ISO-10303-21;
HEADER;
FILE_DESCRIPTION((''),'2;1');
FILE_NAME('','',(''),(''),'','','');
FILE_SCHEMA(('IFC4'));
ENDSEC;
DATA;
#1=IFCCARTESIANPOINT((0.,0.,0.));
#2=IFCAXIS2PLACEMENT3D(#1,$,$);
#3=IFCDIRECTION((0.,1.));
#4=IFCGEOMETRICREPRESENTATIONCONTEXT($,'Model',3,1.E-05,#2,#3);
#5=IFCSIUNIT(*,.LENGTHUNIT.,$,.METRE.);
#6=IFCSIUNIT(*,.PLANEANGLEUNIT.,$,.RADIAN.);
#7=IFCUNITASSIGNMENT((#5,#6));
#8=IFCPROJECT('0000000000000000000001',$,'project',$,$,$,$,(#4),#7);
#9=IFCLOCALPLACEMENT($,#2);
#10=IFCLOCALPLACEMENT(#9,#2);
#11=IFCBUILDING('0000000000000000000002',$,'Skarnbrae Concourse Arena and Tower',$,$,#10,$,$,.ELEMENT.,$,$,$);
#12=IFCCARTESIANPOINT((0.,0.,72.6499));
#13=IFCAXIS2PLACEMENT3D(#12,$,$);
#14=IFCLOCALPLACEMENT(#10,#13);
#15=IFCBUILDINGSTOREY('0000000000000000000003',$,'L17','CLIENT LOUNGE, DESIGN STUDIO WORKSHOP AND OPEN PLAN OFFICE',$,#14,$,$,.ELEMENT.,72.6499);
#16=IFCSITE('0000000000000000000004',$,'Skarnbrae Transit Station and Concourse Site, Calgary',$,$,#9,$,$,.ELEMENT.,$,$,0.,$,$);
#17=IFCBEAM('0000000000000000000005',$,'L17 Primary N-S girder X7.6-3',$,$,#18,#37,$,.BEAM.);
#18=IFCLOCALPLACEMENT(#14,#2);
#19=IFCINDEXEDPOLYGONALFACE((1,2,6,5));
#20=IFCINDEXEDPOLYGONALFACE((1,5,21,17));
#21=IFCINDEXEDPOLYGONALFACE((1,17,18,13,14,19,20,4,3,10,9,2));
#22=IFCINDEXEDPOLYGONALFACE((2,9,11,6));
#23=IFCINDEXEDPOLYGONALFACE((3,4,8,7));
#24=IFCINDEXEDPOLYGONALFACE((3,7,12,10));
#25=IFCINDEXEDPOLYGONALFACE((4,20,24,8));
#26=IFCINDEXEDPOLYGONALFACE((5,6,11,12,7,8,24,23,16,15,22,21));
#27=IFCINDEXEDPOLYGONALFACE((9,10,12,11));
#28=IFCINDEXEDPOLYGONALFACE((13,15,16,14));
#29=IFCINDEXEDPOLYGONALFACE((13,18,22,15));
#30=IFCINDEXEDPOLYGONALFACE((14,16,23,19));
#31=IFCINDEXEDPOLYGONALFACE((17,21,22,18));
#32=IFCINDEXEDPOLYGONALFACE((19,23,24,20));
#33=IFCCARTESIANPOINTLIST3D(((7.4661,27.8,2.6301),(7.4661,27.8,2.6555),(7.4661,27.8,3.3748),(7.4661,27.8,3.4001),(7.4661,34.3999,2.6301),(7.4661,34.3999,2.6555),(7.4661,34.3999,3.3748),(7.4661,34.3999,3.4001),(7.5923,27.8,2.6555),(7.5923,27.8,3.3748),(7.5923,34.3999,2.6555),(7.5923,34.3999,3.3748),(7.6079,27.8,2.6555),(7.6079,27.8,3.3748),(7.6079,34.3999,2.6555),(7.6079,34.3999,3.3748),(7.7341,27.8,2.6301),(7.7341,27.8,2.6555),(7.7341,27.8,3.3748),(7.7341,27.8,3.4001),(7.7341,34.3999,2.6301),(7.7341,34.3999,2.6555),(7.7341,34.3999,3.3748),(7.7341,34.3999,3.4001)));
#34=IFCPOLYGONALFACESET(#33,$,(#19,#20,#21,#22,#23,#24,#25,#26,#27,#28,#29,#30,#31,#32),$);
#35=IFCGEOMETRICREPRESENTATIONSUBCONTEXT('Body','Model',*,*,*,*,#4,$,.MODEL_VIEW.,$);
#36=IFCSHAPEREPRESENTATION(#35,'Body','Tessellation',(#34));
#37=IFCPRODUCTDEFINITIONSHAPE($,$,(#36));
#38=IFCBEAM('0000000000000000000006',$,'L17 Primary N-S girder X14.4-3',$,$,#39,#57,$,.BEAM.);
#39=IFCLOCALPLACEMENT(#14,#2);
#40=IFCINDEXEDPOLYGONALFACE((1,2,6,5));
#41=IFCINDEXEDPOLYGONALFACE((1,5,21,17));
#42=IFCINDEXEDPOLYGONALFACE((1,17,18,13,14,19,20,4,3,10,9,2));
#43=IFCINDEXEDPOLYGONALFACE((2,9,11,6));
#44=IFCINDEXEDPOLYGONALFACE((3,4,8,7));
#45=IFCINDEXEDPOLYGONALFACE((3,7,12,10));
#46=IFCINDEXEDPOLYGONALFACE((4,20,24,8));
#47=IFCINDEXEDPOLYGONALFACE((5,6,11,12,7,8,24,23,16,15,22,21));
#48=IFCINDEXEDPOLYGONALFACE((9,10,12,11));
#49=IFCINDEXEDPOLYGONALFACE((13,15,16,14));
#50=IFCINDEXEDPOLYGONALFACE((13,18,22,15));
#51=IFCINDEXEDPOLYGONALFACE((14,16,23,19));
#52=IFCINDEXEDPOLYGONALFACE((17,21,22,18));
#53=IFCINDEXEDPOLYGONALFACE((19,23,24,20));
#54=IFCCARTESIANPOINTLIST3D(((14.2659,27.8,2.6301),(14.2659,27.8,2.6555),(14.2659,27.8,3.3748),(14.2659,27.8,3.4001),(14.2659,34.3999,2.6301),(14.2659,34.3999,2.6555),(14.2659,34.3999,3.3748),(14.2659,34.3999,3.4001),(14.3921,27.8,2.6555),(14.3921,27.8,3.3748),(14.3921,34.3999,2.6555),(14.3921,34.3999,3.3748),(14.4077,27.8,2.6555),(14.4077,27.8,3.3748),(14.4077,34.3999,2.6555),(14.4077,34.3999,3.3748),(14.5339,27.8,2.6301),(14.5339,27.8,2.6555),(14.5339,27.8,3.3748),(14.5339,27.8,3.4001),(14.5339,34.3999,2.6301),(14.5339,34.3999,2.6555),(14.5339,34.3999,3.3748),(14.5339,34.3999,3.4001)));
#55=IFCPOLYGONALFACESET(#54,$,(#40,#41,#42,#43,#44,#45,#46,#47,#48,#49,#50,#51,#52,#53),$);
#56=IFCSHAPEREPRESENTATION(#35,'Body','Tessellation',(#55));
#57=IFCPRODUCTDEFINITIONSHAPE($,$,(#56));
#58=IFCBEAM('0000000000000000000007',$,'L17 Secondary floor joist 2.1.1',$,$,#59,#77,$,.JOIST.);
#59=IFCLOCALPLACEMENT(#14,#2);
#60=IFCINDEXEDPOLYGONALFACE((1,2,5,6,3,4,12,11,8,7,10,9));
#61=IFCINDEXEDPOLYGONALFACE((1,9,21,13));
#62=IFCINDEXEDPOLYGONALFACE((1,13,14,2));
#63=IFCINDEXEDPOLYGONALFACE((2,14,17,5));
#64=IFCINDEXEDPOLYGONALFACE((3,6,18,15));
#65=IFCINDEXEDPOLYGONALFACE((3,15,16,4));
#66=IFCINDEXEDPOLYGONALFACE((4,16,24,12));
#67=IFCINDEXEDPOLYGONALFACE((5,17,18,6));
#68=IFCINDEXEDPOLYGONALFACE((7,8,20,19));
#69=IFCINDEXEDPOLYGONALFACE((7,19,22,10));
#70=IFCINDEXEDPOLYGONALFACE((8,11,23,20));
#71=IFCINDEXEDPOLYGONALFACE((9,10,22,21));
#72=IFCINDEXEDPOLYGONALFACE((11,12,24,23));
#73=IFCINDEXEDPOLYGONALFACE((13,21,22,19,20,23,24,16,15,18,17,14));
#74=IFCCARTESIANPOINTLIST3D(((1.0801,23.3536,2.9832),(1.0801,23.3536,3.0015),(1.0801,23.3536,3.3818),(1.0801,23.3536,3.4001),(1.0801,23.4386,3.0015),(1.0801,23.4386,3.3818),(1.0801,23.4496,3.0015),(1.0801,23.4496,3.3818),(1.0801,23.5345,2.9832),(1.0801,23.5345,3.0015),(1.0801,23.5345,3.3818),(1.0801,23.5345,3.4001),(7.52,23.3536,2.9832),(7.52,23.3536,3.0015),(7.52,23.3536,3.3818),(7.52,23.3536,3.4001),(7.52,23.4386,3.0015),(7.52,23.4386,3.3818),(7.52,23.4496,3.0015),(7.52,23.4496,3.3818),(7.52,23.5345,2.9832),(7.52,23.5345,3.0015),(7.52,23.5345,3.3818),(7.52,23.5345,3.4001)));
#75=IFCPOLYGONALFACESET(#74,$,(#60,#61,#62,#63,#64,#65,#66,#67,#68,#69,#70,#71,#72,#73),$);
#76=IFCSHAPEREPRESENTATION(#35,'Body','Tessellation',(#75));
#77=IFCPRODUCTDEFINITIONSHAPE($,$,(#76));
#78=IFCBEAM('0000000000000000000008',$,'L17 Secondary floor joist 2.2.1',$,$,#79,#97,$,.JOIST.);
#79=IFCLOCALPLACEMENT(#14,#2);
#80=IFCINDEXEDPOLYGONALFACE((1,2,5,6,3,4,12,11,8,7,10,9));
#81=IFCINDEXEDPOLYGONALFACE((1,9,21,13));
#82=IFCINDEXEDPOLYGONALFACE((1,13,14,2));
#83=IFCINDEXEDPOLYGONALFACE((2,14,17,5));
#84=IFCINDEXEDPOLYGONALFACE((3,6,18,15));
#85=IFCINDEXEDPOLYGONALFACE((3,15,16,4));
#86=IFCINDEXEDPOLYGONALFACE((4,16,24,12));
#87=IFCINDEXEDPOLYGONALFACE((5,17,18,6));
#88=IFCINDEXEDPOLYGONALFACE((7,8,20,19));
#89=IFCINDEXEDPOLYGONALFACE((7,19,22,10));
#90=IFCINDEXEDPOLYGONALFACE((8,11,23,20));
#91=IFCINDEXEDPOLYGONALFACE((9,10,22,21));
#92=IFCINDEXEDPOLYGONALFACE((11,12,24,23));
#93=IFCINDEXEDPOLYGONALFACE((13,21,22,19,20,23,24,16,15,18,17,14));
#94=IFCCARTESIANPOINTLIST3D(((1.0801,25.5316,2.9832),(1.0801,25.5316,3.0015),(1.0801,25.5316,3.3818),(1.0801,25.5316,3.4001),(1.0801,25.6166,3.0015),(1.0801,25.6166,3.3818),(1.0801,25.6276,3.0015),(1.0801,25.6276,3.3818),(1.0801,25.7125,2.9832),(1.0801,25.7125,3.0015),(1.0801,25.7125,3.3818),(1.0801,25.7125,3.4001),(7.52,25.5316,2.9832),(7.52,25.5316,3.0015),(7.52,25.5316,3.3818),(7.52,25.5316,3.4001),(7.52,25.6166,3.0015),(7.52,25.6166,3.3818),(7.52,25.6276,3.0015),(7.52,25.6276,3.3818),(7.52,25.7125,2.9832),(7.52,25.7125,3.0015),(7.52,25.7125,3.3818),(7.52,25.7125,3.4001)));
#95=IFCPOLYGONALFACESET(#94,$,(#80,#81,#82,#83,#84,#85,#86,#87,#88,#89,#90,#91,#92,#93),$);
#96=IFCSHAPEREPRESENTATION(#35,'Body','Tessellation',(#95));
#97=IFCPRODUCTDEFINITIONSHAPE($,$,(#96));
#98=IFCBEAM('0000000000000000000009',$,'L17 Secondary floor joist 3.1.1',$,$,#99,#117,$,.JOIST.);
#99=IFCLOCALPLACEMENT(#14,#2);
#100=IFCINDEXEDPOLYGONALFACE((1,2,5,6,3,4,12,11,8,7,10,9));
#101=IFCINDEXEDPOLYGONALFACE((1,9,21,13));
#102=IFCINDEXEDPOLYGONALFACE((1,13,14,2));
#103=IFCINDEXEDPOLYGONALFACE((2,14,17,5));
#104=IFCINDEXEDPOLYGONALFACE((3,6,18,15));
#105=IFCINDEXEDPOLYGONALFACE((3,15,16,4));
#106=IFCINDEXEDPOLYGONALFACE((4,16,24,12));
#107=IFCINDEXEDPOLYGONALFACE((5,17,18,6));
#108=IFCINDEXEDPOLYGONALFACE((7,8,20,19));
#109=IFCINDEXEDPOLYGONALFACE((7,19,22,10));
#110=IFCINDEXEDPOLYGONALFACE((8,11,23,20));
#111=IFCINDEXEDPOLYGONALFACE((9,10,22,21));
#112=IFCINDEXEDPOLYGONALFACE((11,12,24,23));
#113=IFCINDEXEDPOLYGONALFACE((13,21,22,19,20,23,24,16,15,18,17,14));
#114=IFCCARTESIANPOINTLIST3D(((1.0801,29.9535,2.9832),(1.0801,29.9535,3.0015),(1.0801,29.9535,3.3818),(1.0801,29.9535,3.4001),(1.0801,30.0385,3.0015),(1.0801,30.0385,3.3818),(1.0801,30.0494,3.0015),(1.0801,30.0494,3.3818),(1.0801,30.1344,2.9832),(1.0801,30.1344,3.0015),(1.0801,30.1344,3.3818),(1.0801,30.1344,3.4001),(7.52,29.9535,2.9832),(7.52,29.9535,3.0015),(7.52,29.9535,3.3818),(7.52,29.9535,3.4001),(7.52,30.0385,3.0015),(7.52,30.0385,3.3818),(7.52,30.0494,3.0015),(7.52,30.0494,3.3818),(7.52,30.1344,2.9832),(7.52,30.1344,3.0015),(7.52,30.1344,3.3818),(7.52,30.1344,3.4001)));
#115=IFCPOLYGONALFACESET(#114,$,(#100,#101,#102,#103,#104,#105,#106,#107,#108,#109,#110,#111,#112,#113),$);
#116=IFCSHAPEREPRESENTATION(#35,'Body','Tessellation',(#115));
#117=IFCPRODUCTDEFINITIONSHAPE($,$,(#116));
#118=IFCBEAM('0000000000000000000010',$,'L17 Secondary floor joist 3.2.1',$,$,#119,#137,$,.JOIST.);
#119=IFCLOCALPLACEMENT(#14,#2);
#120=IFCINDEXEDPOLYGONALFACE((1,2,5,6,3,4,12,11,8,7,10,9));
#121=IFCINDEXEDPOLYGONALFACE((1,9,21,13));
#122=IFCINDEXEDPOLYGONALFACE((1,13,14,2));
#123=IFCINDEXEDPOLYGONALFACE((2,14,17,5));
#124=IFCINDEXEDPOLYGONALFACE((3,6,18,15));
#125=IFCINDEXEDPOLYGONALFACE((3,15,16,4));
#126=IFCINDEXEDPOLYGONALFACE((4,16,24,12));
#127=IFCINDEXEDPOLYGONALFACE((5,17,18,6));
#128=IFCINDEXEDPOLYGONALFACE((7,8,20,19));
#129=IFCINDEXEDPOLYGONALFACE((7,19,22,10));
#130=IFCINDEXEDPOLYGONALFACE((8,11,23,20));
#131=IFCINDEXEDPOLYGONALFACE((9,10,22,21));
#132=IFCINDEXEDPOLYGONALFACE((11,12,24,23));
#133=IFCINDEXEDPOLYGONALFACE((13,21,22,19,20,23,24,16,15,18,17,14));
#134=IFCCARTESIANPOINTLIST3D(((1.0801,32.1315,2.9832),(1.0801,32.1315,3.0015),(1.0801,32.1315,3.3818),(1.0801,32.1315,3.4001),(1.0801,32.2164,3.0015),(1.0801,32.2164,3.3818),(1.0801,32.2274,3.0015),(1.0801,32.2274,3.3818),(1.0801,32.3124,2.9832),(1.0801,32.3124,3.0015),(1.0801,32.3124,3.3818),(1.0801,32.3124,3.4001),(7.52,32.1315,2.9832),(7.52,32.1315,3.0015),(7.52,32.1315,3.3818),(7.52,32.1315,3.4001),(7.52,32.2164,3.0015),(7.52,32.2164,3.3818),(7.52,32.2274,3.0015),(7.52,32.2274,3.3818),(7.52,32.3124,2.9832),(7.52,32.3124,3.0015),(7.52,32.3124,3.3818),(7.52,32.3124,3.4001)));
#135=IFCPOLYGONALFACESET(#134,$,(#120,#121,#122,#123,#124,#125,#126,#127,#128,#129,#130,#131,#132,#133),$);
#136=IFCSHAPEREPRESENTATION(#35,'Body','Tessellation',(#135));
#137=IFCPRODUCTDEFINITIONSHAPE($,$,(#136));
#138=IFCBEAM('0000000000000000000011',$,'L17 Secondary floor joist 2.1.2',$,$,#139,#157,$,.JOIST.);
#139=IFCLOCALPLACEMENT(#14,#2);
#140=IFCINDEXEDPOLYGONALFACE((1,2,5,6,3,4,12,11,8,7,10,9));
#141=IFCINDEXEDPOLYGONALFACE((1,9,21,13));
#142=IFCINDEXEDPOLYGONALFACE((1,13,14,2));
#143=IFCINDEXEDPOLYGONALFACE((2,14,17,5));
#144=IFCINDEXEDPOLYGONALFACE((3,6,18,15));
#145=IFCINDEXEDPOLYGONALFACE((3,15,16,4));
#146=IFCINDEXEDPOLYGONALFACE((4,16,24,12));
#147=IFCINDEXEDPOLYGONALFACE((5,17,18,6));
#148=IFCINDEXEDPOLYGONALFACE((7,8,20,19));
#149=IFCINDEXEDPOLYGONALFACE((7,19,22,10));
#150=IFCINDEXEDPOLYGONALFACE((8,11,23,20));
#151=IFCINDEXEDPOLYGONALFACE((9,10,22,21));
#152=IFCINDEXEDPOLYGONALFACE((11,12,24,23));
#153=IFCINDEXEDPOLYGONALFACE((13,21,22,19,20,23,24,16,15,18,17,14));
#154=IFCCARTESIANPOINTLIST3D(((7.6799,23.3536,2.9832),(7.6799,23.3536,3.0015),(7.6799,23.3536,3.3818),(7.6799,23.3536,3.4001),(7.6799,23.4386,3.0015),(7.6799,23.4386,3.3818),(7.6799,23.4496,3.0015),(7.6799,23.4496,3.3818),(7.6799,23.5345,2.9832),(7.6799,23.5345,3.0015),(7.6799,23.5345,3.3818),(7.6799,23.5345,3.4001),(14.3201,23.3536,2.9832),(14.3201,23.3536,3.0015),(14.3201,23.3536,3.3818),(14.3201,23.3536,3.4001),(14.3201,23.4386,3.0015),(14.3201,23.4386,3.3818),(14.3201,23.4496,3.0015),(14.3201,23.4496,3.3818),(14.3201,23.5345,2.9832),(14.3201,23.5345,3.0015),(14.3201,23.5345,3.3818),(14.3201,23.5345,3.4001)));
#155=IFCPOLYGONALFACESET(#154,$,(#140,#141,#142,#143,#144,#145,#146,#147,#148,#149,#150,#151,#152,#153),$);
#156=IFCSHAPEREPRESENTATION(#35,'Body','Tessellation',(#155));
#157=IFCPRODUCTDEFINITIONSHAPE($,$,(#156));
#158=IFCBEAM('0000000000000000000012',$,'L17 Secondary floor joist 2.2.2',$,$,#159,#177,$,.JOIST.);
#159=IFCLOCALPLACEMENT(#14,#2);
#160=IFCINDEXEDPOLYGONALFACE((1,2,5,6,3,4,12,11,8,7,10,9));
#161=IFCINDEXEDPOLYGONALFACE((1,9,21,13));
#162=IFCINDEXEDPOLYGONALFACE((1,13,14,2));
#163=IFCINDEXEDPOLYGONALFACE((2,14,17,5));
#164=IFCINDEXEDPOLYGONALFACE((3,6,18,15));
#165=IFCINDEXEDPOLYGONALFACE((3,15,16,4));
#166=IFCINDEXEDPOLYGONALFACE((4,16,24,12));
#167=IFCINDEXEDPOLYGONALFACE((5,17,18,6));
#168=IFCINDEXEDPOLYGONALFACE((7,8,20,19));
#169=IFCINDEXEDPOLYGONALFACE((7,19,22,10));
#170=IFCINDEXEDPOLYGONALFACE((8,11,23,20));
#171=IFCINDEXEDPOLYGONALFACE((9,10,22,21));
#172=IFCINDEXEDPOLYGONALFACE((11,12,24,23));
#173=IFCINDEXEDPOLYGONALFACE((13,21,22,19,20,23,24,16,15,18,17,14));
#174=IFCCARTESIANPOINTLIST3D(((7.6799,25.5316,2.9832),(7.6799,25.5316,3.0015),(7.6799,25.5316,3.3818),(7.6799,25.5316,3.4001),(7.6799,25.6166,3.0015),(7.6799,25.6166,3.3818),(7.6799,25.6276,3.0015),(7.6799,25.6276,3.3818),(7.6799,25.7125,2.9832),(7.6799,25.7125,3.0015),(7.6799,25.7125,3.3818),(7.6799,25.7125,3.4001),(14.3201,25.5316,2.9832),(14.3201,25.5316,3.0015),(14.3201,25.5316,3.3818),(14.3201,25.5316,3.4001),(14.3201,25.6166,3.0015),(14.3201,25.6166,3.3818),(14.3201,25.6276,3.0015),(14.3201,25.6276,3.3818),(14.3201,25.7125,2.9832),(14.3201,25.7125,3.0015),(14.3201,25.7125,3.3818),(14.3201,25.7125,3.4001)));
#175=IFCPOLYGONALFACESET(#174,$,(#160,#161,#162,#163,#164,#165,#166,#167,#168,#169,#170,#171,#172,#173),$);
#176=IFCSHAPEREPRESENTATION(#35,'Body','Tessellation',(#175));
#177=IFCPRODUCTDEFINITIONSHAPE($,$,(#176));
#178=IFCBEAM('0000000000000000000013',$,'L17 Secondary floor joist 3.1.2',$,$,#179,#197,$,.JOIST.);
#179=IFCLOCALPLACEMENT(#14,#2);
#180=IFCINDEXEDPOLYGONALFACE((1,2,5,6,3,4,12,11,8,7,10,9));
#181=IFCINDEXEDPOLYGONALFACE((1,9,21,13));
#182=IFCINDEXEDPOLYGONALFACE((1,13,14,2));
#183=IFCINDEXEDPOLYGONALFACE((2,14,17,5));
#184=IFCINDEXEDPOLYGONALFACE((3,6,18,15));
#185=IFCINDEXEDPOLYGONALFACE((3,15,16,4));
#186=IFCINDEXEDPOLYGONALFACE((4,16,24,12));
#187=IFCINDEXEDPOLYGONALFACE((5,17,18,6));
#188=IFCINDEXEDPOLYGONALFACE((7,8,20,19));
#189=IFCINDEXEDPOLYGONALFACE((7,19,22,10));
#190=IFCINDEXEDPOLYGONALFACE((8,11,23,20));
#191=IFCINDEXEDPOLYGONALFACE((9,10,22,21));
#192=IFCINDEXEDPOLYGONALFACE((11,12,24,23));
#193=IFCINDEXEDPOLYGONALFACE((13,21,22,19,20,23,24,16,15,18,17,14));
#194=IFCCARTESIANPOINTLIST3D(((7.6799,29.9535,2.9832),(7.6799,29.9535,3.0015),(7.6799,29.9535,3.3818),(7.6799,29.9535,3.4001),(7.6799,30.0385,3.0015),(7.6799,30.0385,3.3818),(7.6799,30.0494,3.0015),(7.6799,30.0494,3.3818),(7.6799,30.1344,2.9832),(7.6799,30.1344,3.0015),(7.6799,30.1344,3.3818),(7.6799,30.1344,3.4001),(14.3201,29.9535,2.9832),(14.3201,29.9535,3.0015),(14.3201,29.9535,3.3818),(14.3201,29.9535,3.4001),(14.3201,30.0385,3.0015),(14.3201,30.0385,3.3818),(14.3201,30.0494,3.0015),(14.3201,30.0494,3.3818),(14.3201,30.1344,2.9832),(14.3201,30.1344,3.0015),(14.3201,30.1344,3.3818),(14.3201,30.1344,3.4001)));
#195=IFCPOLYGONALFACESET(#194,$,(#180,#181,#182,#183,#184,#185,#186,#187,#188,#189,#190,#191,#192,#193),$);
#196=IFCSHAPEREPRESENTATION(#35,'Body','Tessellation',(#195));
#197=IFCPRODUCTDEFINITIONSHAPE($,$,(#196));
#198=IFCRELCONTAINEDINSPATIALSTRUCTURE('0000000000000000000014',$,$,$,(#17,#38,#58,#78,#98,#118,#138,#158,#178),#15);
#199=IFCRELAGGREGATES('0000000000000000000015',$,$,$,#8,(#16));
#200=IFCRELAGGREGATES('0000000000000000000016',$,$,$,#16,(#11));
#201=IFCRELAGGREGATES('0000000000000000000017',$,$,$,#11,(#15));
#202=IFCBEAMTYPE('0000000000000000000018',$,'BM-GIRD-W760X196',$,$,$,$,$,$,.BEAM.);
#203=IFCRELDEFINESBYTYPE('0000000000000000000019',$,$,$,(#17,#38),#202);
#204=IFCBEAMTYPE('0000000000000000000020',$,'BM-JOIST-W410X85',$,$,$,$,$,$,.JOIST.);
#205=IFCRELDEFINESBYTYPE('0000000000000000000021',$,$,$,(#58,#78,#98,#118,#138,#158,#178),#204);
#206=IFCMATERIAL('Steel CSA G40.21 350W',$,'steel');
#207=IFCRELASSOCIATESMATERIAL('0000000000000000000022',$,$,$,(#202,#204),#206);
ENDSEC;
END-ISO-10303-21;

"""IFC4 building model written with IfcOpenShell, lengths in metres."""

from ifc_helpers import new_model, si_unit, direction, frame, origin, origin_2d, place, context, subcontext, project, spatial, i_section, extrude, source, transform, mapped, material, material_profile, profile_set, type_object, element, save


model = new_model("IFC4")

# Units and contexts
model_context = context("Model", 3, precision=1e-05, world=origin(), true_north=direction((0.0, 1.0)))
body_context = subcontext(model_context, "Body", "Model", "MODEL_VIEW")
ifc_project = project(units=[si_unit("LENGTHUNIT", "METRE"), si_unit("PLANEANGLEUNIT", "RADIAN")], contexts=[model_context])

# Site, building, storey
site_placement = place(None, origin())
site = spatial("IfcSite", under=ifc_project, at=site_placement, Name="Skarnbrae Transit Station and Concourse Site, Calgary", CompositionType="ELEMENT", RefElevation=0.0)
building_placement = place(site_placement, origin())
building = spatial("IfcBuilding", under=site, at=building_placement, Name="Skarnbrae Concourse Arena and Tower", CompositionType="ELEMENT")
storey_placement = place(building_placement, frame((0.0, 0.0, 72.6499)))
storey = spatial("IfcBuildingStorey", under=building, at=storey_placement, Name="L17", Description="CLIENT LOUNGE, DESIGN STUDIO WORKSHOP AND OPEN PLAN OFFICE", CompositionType="ELEMENT", Elevation=72.6499)

# Shared definitions
ifc_material_1 = material(Name="Steel CSA G40.21 350W", Category="steel")

# Beams
ifc_material_profile_1 = material_profile(ifc_material_1, i_section(OverallWidth=0.2681, OverallDepth=0.77, WebThickness=0.0156, FlangeThickness=0.0254, at=origin_2d()), Name="W760X196")
ifc_profile_set_1 = profile_set([ifc_material_profile_1], Name="Steel CSA G40.21 350W")
beam_type_1 = type_object("IfcBeamType", Name="BM-GIRD-W760X196", PredefinedType="BEAM", material=ifc_profile_set_1)
shared_shape_1 = source(origin(), body_context, "Body", "SweptSolid", [
    extrude(i_section(OverallWidth=0.2681, OverallDepth=0.77, WebThickness=0.0156, FlangeThickness=0.0254, at=origin_2d()), origin(), (0.0, 0.0, 1.0), 6.5999),
])
for number, where, z_axis, x_axis, name in (
    (1, (7.6001, 27.8, 3.0151), (0.0, 1.0, 0.0), (-1.0, 0.0, 0.0), "L17 Primary N-S girder X7.6-3"),
    (2, (14.3999, 27.8, 3.0151), (0.0, 1.0, 0.0), (-1.0, 0.0, 0.0), "L17 Primary N-S girder X14.4-3"),
):
    element("IfcBeam", number, at=place(storey_placement, frame(where, z_axis=z_axis, x_axis=x_axis)), inside=storey, type_object=beam_type_1, Name=name, PredefinedType="BEAM", context=body_context, shape_type="MappedRepresentation", body=[
        mapped(shared_shape_1, transform((0.0, 0.0, 0.0))),
    ])
ifc_material_profile_2 = material_profile(ifc_material_1, i_section(OverallWidth=0.1809, OverallDepth=0.417, WebThickness=0.011, FlangeThickness=0.0183, at=origin_2d()), Name="W410X85")
ifc_profile_set_2 = profile_set([ifc_material_profile_2], Name="Steel CSA G40.21 350W")
beam_type_2 = type_object("IfcBeamType", Name="BM-JOIST-W410X85", PredefinedType="JOIST", material=ifc_profile_set_2)
shared_shape_2 = source(origin(), body_context, "Body", "SweptSolid", [
    extrude(i_section(OverallWidth=0.1809, OverallDepth=0.417, WebThickness=0.011, FlangeThickness=0.0183, at=origin_2d()), origin(), (0.0, 0.0, 1.0), 6.4399),
])
for number, where, z_axis, x_axis, name in (
    (3, (1.0801, 23.4441, 3.1917), (1.0, 0.0, 0.0), (0.0, 1.0, 0.0), "L17 Secondary floor joist 2.1.1"),
    (4, (1.0801, 25.6221, 3.1917), (1.0, 0.0, 0.0), (0.0, 1.0, 0.0), "L17 Secondary floor joist 2.2.1"),
    (5, (1.0801, 30.0439, 3.1917), (1.0, 0.0, 0.0), (0.0, 1.0, 0.0), "L17 Secondary floor joist 3.1.1"),
    (6, (1.0801, 32.2219, 3.1917), (1.0, 0.0, 0.0), (0.0, 1.0, 0.0), "L17 Secondary floor joist 3.2.1"),
):
    element("IfcBeam", number, at=place(storey_placement, frame(where, z_axis=z_axis, x_axis=x_axis)), inside=storey, type_object=beam_type_2, Name=name, PredefinedType="JOIST", context=body_context, shape_type="MappedRepresentation", body=[
        mapped(shared_shape_2, transform((0.0, 0.0, 0.0))),
    ])
shared_shape_3 = source(origin(), body_context, "Body", "SweptSolid", [
    extrude(i_section(OverallWidth=0.1809, OverallDepth=0.417, WebThickness=0.011, FlangeThickness=0.0183, at=origin_2d()), origin(), (0.0, 0.0, 1.0), 6.6401),
])
for number, where, z_axis, x_axis, name in (
    (7, (7.6799, 23.4441, 3.1917), (1.0, 0.0, 0.0), (0.0, 1.0, 0.0), "L17 Secondary floor joist 2.1.2"),
    (8, (7.6799, 25.6221, 3.1917), (1.0, 0.0, 0.0), (0.0, 1.0, 0.0), "L17 Secondary floor joist 2.2.2"),
    (9, (7.6799, 30.0439, 3.1917), (1.0, 0.0, 0.0), (0.0, 1.0, 0.0), "L17 Secondary floor joist 3.1.2"),
):
    element("IfcBeam", number, at=place(storey_placement, frame(where, z_axis=z_axis, x_axis=x_axis)), inside=storey, type_object=beam_type_2, Name=name, PredefinedType="JOIST", context=body_context, shape_type="MappedRepresentation", body=[
        mapped(shared_shape_3, transform((0.0, 0.0, 0.0))),
    ])

save(model, "model.ifc")
